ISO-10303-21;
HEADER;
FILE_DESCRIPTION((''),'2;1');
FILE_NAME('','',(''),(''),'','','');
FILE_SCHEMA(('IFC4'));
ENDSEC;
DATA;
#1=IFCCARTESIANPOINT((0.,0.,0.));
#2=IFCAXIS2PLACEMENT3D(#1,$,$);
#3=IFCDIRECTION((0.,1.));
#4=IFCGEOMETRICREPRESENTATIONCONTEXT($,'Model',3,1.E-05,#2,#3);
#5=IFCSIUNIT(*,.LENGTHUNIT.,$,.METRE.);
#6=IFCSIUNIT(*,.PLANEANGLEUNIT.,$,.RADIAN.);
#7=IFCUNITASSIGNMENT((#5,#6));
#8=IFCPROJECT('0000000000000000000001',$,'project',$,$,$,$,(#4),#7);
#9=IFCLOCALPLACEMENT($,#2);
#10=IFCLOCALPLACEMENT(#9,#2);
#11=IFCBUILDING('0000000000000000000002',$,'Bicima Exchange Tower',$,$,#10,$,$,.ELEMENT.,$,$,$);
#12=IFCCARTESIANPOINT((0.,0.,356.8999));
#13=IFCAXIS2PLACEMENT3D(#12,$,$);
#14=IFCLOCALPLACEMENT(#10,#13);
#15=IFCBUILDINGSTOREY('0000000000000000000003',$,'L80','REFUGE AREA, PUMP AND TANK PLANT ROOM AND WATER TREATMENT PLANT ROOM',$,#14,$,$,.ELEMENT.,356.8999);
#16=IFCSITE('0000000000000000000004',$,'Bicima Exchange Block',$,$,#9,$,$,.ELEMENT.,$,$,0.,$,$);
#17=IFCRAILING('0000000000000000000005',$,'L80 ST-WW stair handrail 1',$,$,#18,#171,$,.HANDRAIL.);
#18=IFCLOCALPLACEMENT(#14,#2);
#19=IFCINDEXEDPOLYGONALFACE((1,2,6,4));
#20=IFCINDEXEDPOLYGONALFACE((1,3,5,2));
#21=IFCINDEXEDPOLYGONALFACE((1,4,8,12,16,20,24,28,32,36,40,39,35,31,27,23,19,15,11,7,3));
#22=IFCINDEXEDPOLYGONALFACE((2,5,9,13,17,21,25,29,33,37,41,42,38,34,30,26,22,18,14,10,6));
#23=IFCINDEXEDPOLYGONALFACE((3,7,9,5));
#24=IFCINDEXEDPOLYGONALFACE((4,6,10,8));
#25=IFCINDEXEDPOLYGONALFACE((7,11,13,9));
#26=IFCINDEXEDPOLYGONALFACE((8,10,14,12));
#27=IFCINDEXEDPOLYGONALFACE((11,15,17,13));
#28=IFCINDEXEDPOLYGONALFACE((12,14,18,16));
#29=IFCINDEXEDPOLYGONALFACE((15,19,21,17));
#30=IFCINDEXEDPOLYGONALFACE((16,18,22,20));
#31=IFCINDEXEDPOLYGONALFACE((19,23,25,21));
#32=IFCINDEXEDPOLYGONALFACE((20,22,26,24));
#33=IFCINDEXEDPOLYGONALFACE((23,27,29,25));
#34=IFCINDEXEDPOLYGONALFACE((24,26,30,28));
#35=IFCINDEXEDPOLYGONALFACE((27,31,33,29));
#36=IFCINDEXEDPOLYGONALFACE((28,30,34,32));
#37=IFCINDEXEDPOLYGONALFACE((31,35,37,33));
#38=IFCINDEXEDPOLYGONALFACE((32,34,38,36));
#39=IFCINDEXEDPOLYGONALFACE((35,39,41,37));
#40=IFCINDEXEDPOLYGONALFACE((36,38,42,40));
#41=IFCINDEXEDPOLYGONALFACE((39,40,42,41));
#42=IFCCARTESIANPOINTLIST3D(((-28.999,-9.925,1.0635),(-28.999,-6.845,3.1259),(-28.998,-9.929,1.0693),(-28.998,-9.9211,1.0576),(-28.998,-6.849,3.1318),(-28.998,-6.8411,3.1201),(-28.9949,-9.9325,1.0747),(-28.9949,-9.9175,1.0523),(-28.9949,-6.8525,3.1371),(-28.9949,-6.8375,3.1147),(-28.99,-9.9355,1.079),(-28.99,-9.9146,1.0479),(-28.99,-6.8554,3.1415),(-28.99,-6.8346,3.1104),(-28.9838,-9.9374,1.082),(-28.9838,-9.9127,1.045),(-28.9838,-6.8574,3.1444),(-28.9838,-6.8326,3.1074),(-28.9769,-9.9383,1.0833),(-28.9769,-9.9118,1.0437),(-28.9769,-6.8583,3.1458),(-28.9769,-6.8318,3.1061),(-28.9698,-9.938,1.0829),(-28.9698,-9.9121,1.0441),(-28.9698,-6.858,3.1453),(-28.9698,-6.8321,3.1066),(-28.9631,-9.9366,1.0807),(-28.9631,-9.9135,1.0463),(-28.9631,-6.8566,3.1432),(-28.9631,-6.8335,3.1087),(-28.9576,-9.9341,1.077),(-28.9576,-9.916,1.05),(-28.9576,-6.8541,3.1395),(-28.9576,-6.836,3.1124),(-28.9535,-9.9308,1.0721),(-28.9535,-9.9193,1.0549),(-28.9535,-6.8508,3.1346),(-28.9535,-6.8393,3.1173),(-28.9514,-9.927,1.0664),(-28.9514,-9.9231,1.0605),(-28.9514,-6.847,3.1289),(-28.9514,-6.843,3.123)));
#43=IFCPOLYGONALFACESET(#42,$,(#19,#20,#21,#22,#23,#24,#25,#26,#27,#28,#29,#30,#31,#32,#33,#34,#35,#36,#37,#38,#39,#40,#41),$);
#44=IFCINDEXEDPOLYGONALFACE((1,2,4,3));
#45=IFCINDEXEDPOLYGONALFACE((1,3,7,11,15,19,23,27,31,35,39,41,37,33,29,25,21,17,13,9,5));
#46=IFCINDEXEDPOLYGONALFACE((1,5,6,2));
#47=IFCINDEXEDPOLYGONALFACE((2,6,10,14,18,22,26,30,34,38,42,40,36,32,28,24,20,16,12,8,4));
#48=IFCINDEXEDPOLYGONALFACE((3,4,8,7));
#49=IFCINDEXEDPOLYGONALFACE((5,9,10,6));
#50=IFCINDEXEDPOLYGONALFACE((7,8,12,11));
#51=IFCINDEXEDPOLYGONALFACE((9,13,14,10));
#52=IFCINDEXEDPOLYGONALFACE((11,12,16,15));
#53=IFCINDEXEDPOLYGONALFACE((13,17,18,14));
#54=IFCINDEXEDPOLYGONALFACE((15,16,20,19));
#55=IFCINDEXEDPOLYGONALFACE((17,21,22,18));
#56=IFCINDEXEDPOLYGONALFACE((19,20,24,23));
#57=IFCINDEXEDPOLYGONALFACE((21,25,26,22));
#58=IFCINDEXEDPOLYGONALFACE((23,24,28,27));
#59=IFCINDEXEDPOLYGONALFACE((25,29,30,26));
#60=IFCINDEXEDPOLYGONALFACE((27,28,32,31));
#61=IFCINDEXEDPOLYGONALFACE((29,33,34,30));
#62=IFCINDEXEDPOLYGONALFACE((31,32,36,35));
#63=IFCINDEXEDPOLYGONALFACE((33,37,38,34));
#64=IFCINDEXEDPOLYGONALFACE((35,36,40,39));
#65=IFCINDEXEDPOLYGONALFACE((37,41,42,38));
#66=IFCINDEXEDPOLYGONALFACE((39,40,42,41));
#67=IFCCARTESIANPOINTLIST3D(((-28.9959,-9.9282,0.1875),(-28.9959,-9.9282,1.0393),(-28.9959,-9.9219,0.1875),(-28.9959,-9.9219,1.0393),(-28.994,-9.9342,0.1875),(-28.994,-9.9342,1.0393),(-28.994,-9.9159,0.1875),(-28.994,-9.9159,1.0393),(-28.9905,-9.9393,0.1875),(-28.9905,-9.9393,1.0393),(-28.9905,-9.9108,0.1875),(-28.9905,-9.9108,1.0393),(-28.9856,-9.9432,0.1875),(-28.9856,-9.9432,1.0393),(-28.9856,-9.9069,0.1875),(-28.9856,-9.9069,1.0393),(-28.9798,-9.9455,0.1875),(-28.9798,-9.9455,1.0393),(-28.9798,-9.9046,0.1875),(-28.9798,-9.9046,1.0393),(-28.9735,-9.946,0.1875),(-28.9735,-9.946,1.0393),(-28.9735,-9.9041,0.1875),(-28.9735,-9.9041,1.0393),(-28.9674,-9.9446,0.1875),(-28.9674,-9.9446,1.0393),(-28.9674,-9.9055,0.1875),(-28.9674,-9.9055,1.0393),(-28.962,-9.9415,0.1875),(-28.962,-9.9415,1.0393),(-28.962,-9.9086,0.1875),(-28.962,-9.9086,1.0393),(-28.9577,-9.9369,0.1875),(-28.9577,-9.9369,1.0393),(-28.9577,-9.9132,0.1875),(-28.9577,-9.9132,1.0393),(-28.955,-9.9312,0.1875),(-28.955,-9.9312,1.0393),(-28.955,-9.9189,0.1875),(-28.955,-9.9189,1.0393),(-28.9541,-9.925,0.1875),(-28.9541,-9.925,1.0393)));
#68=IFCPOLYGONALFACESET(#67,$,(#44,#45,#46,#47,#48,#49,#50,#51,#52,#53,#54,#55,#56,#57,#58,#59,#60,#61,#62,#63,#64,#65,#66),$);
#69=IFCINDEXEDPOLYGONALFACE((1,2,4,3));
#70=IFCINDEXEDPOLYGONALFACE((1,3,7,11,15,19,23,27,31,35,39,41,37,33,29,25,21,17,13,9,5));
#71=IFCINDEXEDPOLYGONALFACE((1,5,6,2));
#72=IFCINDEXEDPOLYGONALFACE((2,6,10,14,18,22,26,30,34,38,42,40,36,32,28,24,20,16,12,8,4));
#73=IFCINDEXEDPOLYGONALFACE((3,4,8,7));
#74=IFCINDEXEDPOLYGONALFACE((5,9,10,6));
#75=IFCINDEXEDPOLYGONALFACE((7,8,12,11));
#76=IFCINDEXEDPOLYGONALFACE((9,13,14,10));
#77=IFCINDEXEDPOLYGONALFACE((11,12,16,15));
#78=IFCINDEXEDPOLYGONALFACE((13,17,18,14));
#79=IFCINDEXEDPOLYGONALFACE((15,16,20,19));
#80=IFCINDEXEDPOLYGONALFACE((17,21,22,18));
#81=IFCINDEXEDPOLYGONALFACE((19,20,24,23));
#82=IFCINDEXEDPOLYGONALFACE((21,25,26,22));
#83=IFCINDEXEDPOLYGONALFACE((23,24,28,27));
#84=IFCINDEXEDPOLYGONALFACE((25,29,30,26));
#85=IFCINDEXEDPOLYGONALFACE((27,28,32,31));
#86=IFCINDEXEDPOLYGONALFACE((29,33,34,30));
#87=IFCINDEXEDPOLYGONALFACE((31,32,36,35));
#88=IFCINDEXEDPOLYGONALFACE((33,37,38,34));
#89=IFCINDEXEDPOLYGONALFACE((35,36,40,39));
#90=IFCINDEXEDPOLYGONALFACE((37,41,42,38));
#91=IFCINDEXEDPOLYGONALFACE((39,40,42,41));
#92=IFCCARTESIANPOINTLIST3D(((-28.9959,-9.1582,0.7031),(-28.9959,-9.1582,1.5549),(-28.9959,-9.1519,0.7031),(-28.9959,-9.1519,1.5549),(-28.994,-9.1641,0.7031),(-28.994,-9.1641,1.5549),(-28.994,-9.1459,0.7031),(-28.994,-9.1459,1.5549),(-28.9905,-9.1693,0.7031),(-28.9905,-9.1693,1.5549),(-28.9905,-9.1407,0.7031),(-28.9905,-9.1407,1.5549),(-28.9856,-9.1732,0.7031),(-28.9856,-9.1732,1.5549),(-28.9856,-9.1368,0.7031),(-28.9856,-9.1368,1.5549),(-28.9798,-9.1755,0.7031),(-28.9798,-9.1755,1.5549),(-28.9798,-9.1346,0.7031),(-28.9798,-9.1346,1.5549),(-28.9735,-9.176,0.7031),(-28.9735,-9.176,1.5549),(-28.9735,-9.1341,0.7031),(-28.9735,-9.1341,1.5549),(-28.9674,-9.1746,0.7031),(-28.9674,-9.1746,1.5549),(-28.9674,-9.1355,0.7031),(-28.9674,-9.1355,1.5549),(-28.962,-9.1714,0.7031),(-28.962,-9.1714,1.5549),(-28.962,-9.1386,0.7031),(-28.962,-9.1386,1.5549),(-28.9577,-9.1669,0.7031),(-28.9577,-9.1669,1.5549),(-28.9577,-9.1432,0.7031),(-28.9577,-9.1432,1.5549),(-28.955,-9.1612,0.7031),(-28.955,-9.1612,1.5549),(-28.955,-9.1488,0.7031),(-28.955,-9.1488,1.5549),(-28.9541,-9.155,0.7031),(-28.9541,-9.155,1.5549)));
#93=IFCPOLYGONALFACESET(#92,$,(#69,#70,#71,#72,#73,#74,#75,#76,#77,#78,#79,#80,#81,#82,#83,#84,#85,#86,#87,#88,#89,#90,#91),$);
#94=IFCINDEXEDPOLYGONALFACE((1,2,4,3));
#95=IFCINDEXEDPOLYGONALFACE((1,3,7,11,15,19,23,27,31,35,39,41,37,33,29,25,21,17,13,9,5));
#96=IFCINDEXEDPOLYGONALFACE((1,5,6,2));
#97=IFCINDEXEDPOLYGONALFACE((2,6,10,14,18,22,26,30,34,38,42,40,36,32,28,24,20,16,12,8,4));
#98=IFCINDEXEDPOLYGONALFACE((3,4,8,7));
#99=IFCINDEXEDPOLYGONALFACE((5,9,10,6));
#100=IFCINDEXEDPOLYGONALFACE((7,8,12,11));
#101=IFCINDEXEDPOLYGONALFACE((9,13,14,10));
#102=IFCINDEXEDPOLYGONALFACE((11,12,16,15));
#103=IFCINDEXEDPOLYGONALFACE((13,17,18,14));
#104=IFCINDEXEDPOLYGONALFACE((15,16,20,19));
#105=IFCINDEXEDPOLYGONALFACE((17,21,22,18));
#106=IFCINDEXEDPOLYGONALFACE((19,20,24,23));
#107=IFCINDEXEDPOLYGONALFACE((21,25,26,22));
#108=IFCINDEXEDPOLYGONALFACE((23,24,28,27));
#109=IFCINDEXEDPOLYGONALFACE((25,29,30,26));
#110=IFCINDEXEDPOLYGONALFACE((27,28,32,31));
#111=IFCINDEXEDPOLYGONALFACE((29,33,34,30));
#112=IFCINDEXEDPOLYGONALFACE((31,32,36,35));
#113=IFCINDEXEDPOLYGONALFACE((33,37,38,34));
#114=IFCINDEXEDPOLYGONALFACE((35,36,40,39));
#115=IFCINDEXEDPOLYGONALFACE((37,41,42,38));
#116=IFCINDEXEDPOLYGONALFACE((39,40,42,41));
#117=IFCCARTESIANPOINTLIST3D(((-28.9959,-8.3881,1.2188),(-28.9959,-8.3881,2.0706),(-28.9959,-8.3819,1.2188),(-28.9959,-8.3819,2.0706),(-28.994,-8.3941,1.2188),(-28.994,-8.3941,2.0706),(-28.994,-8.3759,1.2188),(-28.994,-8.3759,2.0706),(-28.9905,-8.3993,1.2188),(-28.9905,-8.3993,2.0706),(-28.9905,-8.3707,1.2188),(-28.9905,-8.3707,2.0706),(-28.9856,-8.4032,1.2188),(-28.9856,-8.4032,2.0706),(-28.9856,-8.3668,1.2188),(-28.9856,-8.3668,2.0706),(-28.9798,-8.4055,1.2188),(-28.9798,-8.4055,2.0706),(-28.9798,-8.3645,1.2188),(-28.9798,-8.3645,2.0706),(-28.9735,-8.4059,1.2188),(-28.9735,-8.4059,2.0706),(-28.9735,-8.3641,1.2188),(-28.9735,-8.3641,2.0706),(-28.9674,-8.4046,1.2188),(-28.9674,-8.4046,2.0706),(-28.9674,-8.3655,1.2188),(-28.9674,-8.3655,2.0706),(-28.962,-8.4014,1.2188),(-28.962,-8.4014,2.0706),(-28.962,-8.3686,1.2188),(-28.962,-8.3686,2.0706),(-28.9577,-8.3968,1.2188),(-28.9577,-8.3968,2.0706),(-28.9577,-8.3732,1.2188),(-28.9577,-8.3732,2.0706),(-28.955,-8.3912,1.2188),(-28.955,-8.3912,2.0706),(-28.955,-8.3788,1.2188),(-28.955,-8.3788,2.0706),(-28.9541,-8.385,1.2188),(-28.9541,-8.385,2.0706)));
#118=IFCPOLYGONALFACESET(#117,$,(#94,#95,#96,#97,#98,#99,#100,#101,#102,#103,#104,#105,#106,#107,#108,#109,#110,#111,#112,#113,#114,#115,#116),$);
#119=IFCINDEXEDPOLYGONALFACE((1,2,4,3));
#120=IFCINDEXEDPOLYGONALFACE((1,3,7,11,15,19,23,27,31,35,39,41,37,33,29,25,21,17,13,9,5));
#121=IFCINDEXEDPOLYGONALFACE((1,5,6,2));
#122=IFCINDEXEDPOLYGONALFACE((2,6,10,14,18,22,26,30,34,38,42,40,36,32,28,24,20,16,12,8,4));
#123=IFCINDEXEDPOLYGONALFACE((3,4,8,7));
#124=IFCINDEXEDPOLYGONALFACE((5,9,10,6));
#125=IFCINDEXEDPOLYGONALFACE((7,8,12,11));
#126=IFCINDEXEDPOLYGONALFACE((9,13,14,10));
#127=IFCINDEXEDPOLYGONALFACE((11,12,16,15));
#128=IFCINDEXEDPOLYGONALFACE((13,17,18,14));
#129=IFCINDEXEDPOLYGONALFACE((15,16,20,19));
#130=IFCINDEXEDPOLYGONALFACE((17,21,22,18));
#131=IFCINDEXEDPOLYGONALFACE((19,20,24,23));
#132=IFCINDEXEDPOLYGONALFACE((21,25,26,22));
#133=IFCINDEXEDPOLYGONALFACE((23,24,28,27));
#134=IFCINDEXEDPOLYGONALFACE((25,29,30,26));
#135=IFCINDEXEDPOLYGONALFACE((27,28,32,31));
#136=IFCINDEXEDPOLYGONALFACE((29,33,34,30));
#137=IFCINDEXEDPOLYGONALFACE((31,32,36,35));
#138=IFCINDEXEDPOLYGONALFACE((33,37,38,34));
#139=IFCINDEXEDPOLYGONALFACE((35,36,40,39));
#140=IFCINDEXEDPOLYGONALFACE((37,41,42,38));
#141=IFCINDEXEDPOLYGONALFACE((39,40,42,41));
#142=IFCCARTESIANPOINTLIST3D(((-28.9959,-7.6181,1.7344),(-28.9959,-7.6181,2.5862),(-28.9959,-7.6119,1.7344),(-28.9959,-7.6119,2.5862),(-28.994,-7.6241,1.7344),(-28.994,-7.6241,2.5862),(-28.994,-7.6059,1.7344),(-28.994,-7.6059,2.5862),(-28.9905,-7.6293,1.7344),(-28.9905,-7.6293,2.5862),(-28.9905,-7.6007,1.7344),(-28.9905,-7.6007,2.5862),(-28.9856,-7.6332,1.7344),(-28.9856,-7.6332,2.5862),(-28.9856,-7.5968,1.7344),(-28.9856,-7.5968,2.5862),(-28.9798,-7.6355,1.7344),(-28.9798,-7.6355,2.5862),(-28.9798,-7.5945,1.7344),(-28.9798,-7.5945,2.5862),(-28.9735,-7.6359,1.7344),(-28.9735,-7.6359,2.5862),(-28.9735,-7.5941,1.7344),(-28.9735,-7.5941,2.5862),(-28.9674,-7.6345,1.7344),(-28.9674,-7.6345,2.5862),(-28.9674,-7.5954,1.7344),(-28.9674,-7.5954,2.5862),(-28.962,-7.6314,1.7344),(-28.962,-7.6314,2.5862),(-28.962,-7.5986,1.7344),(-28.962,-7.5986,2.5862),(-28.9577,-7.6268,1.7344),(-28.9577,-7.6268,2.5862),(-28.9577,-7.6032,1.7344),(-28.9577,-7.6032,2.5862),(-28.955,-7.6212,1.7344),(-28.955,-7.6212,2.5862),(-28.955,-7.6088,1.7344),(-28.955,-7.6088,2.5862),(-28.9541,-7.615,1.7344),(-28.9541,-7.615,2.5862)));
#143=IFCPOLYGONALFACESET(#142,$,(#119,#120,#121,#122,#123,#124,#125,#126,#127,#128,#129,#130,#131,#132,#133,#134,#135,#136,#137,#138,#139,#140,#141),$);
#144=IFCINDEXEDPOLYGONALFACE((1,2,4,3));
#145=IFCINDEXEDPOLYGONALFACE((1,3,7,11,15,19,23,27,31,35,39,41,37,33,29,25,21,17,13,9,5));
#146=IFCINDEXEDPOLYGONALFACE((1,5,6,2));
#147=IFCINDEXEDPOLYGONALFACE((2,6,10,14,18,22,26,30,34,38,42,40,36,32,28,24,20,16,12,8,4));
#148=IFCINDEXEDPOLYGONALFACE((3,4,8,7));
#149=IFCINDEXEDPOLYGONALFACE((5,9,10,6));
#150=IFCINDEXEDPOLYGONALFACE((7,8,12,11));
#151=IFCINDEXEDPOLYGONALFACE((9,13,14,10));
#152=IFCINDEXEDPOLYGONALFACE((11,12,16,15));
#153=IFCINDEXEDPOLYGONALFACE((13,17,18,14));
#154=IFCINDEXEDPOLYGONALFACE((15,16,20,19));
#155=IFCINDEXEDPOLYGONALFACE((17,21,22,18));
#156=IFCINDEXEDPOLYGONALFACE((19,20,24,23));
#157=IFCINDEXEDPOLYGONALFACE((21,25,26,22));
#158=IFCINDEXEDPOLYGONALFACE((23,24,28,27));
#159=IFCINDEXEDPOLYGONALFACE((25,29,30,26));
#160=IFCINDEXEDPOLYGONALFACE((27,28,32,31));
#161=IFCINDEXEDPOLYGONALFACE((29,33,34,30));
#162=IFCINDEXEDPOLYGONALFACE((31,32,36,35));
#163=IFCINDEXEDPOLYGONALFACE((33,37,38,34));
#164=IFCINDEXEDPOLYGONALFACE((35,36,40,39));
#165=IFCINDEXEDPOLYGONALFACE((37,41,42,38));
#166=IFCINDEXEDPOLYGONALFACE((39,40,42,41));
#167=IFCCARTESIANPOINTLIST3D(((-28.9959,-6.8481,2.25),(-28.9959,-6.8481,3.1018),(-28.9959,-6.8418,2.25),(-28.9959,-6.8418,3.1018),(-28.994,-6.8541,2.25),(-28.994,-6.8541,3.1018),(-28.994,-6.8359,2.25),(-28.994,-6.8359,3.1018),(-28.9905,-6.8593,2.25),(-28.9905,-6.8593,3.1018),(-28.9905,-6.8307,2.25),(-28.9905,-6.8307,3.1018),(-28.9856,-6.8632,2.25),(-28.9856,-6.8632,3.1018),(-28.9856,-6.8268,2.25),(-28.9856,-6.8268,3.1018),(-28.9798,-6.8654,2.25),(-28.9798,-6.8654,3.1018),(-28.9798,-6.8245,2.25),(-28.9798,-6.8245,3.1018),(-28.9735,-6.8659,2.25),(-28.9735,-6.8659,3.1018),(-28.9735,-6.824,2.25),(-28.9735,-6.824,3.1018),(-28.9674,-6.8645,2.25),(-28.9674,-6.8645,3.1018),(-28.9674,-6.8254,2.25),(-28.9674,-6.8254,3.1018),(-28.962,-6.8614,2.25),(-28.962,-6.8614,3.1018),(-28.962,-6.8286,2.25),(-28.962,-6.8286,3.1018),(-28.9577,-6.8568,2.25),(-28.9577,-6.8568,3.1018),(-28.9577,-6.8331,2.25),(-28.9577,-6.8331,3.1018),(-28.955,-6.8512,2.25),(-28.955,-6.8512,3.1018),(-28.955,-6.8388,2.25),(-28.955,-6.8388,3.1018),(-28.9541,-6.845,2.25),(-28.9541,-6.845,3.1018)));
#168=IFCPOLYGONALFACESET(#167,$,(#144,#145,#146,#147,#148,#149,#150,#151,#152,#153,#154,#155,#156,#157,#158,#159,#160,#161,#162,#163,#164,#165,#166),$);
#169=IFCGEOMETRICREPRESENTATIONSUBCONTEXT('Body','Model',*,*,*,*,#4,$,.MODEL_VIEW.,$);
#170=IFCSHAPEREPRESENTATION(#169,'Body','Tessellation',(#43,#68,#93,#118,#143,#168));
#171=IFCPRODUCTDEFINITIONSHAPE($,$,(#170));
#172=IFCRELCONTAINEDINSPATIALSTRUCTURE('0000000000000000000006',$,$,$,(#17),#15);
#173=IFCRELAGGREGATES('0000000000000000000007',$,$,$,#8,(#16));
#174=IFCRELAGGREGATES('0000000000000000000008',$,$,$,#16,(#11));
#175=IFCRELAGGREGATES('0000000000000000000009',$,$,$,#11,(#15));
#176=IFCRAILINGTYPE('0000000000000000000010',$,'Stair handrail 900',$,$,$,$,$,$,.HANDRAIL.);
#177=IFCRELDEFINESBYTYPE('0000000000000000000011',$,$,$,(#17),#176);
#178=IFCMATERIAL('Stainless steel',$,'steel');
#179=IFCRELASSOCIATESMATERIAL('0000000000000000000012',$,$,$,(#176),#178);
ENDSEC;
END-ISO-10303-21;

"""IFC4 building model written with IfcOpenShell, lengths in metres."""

from ifc_helpers import new_model, si_unit, direction, frame, origin, origin_2d, place, context, subcontext, project, spatial, circle, extrude, material, type_object, element, save


model = new_model("IFC4")

# Units and contexts
model_context = context("Model", 3, precision=1e-05, world=origin(), true_north=direction((0.0, 1.0)))
body_context = subcontext(model_context, "Body", "Model", "MODEL_VIEW")
ifc_project = project(units=[si_unit("LENGTHUNIT", "METRE"), si_unit("PLANEANGLEUNIT", "RADIAN")], contexts=[model_context])

# Site, building, storey
site_placement = place(None, origin())
site = spatial("IfcSite", under=ifc_project, at=site_placement, Name="Bicima Exchange Block", CompositionType="ELEMENT", RefElevation=0.0)
building_placement = place(site_placement, origin())
building = spatial("IfcBuilding", under=site, at=building_placement, Name="Bicima Exchange Tower", CompositionType="ELEMENT")
storey_placement = place(building_placement, frame((0.0, 0.0, 356.8999)))
storey = spatial("IfcBuildingStorey", under=building, at=storey_placement, Name="L80", Description="REFUGE AREA, PUMP AND TANK PLANT ROOM AND WATER TREATMENT PLANT ROOM", CompositionType="ELEMENT", Elevation=356.8999)

# Railing
ifc_material_1 = material(Name="Stainless steel", Category="steel")
railing_type_1 = type_object("IfcRailingType", Name="Stair handrail 900", PredefinedType="HANDRAIL", material=ifc_material_1)
railing_1_placement = place(storey_placement, frame((-28.9751, -9.925, 0.1875)))
element("IfcRailing", 1, at=railing_1_placement, inside=storey, type_object=railing_type_1, Name="L80 ST-WW stair handrail 1", PredefinedType="HANDRAIL", context=body_context, shape_type="SweptSolid", body=[
    extrude(circle(Radius=0.0239, at=origin_2d()), frame((0.0, 0.0, 0.876), z_axis=(0.0, 0.830914, 0.556401), x_axis=(-1.0, 0.0, 0.0)), (0.0, 0.0, 1.0), 3.7068),
    extrude(circle(Radius=0.021, at=origin_2d()), origin(), (0.0, 0.0, 1.0), 0.8518),
    extrude(circle(Radius=0.021, at=origin_2d()), frame((0.0, 0.77, 0.5156)), (0.0, 0.0, 1.0), 0.8518),
    extrude(circle(Radius=0.021, at=origin_2d()), frame((0.0, 1.54, 1.0312)), (0.0, 0.0, 1.0), 0.8518),
    extrude(circle(Radius=0.021, at=origin_2d()), frame((0.0, 2.3101, 1.5469)), (0.0, 0.0, 1.0), 0.8518),
    extrude(circle(Radius=0.021, at=origin_2d()), frame((0.0, 3.0801, 2.0625)), (0.0, 0.0, 1.0), 0.8518),
])

save(model, "model.ifc")
